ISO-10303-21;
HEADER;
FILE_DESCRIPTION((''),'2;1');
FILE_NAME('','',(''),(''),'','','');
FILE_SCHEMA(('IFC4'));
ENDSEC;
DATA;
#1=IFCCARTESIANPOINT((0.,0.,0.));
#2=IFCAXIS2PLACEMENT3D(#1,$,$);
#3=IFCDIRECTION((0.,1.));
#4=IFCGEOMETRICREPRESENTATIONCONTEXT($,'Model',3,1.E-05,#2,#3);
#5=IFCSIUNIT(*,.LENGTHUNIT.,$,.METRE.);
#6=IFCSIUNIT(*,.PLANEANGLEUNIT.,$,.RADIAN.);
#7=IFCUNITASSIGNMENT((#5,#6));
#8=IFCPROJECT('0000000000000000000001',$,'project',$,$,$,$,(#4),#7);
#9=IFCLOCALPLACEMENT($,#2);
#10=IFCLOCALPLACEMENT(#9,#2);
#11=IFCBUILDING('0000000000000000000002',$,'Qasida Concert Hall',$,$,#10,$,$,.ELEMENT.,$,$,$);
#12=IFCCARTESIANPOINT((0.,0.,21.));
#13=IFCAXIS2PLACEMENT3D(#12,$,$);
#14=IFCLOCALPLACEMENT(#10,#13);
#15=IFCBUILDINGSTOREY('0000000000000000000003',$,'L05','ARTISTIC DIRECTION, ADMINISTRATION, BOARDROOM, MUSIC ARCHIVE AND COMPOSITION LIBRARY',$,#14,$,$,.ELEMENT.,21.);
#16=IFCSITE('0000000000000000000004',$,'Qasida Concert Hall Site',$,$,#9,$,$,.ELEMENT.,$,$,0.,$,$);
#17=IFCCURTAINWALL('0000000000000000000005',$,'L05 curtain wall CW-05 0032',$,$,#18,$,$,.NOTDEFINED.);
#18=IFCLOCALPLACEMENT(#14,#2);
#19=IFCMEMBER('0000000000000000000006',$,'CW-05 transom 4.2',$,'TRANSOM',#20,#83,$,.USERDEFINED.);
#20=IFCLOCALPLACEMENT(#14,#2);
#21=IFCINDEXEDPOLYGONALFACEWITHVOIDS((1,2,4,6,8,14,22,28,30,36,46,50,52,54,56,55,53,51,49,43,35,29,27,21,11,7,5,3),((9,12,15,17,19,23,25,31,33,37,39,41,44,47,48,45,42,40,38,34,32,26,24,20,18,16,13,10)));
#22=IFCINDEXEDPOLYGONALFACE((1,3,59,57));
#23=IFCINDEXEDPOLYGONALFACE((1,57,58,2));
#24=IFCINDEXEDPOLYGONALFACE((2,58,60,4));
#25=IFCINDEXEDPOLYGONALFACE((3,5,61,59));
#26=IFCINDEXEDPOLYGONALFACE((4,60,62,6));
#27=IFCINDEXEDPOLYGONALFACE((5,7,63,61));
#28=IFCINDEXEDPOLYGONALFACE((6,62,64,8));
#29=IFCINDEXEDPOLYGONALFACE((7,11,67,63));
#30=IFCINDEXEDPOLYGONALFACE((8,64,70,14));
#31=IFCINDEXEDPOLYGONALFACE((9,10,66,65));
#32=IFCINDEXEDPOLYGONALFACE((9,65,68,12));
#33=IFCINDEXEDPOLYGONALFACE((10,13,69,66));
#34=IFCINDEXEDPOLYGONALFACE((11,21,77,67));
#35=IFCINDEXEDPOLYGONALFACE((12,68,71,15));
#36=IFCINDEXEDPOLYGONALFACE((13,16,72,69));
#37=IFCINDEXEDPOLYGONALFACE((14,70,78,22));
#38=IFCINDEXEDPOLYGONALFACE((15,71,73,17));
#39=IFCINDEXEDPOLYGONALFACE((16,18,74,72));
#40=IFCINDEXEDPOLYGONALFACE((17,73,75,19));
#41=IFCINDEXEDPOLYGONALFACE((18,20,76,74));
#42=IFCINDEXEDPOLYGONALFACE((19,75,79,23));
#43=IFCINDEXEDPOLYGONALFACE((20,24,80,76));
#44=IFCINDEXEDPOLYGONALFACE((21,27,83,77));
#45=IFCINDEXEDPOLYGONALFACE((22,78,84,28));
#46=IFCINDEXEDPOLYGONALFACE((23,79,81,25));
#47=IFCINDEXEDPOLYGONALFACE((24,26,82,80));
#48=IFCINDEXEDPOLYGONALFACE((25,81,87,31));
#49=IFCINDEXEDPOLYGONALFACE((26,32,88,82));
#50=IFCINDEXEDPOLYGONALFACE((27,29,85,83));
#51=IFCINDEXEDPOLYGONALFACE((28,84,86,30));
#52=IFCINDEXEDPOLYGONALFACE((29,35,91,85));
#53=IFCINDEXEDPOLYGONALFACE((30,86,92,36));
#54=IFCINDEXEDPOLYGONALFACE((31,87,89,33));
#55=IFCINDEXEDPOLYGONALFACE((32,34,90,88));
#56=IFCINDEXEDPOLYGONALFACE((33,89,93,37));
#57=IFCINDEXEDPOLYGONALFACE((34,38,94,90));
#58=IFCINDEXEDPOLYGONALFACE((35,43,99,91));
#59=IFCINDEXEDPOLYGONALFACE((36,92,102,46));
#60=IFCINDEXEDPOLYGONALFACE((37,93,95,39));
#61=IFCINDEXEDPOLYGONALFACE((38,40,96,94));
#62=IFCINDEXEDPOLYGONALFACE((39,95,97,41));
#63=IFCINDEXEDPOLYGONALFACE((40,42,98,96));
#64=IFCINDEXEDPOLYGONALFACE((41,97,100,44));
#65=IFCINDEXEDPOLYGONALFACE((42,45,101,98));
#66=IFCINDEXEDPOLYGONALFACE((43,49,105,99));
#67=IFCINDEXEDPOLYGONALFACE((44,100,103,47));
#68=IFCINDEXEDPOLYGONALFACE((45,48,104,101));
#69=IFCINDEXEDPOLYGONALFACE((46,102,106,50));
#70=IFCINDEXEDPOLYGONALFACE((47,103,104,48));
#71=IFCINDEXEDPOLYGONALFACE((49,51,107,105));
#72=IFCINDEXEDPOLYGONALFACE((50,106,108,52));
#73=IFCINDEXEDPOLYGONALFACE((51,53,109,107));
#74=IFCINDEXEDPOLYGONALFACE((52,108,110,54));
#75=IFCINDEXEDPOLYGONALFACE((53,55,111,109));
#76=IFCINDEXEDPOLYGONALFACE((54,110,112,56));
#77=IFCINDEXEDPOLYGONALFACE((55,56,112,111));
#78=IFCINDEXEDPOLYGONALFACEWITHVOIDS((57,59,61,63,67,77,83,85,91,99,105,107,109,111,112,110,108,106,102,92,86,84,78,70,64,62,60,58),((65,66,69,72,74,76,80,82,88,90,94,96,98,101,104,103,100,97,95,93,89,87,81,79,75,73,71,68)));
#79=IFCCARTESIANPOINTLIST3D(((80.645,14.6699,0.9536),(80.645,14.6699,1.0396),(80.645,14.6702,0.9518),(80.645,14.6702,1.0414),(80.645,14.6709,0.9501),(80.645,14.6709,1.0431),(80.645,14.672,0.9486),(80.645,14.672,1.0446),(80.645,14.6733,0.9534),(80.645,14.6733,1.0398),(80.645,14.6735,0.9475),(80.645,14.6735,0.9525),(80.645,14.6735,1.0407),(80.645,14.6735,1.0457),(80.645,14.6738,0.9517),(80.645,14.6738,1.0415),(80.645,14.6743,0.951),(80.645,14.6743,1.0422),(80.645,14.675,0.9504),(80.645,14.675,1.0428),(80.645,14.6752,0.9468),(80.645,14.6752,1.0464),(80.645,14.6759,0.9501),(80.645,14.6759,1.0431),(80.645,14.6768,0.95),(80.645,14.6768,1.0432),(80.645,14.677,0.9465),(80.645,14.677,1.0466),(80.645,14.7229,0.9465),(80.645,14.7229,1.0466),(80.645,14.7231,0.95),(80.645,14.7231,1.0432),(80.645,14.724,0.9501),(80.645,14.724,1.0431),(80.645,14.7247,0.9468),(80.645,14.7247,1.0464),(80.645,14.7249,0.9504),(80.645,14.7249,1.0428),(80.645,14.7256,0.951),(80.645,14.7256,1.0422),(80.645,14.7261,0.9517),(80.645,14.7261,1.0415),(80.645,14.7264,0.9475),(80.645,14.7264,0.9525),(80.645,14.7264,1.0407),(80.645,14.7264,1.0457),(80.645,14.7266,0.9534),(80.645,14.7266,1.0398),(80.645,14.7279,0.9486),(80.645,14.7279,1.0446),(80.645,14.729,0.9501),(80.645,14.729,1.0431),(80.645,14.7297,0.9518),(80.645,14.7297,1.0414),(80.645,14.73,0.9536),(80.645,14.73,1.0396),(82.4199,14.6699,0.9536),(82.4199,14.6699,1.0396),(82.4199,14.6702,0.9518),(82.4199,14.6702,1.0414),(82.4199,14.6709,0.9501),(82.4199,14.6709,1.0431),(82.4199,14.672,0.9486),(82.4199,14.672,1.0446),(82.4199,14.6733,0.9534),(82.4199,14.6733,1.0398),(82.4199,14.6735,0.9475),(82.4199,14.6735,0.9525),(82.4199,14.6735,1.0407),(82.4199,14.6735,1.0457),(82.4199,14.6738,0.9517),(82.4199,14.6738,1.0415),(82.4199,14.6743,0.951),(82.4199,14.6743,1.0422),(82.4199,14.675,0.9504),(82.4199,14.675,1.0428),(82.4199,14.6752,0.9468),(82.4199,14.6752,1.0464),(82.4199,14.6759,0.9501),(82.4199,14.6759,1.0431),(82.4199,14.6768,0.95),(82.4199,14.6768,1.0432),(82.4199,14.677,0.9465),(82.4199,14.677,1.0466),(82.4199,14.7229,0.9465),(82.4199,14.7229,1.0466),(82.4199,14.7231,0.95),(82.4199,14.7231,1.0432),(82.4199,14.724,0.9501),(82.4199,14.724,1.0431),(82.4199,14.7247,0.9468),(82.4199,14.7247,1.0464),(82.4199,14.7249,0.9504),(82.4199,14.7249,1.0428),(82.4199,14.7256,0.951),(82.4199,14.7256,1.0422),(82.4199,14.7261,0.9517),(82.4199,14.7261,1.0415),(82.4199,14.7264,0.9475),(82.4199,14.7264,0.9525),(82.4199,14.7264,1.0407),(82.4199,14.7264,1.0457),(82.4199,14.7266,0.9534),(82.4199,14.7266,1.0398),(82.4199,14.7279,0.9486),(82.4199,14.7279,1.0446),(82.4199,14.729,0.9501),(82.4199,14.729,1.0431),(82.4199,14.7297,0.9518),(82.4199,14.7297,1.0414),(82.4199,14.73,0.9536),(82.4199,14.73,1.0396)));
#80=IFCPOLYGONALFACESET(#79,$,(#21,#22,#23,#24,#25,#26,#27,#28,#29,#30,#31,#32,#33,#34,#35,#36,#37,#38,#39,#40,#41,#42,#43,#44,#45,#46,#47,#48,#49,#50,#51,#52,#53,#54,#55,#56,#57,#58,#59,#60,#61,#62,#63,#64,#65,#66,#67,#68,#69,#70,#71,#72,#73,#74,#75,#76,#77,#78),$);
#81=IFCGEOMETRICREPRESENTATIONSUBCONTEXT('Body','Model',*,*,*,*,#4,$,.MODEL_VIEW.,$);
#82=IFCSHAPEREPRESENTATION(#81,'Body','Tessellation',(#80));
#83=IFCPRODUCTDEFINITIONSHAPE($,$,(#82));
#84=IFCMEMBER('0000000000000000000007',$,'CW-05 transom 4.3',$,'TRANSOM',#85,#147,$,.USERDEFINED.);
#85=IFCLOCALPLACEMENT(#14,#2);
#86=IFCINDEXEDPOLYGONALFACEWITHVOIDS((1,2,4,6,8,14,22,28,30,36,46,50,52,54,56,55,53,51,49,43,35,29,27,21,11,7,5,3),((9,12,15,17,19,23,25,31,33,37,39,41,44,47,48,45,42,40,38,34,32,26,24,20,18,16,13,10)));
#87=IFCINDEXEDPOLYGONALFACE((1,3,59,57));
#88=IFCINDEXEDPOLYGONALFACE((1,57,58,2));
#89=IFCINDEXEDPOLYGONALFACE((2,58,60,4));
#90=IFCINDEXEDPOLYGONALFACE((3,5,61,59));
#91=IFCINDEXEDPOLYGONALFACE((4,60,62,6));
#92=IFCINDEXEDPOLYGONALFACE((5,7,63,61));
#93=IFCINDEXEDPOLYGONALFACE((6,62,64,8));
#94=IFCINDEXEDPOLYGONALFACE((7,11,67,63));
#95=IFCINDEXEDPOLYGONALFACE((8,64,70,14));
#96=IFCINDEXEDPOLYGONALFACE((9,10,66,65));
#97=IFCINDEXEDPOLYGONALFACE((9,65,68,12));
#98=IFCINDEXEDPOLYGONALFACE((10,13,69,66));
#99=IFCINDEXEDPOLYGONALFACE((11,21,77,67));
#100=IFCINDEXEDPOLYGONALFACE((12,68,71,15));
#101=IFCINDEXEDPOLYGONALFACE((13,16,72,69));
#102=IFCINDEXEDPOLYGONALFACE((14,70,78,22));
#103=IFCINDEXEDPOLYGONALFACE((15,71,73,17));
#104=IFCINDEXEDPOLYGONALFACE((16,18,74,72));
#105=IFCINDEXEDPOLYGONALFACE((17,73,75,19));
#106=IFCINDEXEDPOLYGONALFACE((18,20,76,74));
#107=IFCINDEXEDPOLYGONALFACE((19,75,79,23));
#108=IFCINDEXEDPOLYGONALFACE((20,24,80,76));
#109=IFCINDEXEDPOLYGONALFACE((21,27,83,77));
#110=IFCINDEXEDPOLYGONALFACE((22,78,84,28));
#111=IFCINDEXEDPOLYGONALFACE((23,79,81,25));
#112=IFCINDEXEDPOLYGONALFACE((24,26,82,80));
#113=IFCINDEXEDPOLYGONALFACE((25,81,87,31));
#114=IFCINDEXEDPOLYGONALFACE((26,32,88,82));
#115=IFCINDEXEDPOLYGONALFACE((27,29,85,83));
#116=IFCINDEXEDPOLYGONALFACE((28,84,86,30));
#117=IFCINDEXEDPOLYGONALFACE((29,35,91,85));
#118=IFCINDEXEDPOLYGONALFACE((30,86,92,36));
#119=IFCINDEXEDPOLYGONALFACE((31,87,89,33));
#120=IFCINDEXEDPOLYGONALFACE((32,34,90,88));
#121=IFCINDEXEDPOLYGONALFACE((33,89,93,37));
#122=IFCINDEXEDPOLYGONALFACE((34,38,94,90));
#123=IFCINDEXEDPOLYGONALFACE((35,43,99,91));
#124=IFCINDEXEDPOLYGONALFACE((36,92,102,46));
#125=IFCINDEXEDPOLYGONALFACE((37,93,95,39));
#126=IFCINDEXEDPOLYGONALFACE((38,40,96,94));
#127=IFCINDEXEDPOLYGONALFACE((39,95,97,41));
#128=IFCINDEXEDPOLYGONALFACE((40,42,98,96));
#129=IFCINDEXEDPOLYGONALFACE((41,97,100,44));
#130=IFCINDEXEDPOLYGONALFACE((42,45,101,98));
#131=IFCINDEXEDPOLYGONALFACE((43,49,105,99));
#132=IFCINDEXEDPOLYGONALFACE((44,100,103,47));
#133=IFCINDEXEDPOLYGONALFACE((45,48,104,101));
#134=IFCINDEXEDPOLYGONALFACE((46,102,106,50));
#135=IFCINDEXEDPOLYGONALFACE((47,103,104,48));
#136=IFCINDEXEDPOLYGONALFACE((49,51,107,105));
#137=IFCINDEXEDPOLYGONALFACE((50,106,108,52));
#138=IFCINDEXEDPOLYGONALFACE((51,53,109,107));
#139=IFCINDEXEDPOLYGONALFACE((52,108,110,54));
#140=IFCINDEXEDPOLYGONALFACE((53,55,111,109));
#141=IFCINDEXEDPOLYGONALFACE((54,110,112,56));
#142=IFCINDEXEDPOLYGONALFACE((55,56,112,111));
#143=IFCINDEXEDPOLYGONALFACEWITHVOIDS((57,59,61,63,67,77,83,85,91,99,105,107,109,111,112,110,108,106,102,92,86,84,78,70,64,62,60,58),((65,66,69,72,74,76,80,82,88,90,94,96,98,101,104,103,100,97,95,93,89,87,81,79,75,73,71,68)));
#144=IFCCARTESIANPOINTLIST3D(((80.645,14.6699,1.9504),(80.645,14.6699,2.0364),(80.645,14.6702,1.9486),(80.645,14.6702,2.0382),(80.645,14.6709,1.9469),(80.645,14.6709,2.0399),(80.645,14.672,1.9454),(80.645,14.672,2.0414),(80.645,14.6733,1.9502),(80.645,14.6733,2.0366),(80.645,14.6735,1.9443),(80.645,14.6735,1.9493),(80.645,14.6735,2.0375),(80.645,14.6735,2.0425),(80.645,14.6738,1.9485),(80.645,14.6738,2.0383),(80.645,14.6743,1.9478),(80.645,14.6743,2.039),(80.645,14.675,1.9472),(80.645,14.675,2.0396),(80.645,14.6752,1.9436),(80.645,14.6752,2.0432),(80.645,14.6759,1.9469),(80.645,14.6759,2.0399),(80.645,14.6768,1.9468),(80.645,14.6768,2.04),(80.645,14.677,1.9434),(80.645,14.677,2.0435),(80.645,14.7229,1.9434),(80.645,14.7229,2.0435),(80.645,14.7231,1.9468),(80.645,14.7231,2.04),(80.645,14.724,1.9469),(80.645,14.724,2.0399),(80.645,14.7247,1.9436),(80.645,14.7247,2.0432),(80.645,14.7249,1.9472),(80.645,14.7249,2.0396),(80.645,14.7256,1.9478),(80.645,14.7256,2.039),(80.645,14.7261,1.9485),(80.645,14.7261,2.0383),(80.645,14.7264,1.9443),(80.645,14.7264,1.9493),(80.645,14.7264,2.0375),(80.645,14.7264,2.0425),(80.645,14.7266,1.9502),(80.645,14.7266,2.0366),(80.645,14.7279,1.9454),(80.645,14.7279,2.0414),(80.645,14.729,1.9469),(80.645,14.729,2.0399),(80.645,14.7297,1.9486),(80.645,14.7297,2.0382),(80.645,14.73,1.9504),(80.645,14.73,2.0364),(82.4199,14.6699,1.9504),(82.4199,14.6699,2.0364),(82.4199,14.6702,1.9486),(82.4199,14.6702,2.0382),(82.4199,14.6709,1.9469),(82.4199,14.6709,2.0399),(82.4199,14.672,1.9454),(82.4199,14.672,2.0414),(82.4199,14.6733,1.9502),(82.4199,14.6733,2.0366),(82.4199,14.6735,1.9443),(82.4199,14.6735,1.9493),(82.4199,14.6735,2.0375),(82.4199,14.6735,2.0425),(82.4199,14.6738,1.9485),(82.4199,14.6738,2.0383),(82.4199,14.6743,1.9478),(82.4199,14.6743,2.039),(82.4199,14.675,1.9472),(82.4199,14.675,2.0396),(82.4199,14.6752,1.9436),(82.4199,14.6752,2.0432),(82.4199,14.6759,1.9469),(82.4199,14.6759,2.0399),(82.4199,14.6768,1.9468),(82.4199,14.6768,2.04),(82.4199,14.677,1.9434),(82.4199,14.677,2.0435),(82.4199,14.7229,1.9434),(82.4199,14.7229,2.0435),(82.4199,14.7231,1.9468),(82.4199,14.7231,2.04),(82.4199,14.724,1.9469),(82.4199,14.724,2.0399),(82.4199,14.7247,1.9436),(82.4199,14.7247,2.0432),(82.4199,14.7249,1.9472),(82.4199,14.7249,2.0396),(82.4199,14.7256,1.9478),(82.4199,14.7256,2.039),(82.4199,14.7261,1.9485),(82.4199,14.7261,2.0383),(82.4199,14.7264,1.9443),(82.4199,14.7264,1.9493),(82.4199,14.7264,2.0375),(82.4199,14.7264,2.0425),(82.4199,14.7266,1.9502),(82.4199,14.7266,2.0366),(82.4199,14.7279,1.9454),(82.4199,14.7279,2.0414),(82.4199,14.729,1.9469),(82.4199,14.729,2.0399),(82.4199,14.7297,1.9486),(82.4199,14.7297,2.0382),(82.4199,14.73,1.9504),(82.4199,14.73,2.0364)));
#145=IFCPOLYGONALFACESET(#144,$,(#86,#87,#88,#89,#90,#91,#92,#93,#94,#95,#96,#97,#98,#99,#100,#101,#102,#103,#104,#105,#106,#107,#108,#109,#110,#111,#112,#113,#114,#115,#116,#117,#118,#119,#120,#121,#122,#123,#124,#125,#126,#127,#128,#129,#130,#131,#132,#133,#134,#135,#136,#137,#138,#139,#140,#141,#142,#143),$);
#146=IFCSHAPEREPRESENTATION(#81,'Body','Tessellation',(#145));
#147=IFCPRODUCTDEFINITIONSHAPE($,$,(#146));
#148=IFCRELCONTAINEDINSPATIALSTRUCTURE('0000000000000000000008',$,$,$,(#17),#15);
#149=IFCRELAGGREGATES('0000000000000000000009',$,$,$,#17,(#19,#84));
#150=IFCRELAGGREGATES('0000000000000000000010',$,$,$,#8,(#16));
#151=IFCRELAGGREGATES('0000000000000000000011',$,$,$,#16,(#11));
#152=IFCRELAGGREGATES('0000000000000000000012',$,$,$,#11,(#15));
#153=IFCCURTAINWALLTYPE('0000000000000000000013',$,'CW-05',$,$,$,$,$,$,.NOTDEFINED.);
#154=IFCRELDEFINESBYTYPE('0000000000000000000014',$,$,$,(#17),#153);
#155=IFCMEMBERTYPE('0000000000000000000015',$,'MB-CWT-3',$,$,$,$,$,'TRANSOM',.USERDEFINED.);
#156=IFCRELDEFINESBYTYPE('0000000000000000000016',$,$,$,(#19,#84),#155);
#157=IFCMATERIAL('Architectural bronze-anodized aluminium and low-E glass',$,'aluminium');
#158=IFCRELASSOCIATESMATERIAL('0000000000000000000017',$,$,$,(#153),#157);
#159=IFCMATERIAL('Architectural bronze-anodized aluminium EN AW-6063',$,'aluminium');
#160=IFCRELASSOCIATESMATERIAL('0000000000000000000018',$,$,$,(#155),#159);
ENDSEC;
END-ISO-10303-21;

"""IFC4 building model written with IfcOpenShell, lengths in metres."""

from ifc_helpers import new_model, si_unit, direction, frame, origin, origin_2d, place, context, subcontext, project, spatial, hollow_rectangle, extrude, material, material_profile, profile_set, type_object, element, aggregate, save


model = new_model("IFC4")

# Units and contexts
model_context = context("Model", 3, precision=1e-05, world=origin(), true_north=direction((0.0, 1.0)))
body_context = subcontext(model_context, "Body", "Model", "MODEL_VIEW")
ifc_project = project(units=[si_unit("LENGTHUNIT", "METRE"), si_unit("PLANEANGLEUNIT", "RADIAN")], contexts=[model_context])

# Site, building, storey
site_placement = place(None, origin())
site = spatial("IfcSite", under=ifc_project, at=site_placement, Name="Qasida Concert Hall Site", CompositionType="ELEMENT", RefElevation=0.0)
building_placement = place(site_placement, origin())
building = spatial("IfcBuilding", under=site, at=building_placement, Name="Qasida Concert Hall", CompositionType="ELEMENT")
storey_placement = place(building_placement, frame((0.0, 0.0, 21.0)))
storey = spatial("IfcBuildingStorey", under=building, at=storey_placement, Name="L05", Description="ARTISTIC DIRECTION, ADMINISTRATION, BOARDROOM, MUSIC ARCHIVE AND COMPOSITION LIBRARY", CompositionType="ELEMENT", Elevation=21.0)

# Curtain wall, members
ifc_material_1 = material(Name="Architectural bronze-anodized aluminium and low-E glass", Category="aluminium")
curtain_wall_type = type_object("IfcCurtainWallType", Name="CW-05", PredefinedType="NOTDEFINED", material=ifc_material_1)
curtain_wall_placement = place(storey_placement, origin())
curtain_wall = element("IfcCurtainWall", 1, at=curtain_wall_placement, inside=storey, type_object=curtain_wall_type, Name="L05 curtain wall CW-05 0032", PredefinedType="NOTDEFINED")
ifc_material_2 = material(Name="Architectural bronze-anodized aluminium EN AW-6063", Category="aluminium")
ifc_material_profile_1 = material_profile(ifc_material_2, hollow_rectangle(XDim=0.0601, YDim=0.1001, WallThickness=0.0034, InnerFilletRadius=0.0034, OuterFilletRadius=0.0071, at=origin_2d()), Name="CWT 100x60x3.5")
ifc_profile_set_1 = profile_set([ifc_material_profile_1], Name="Architectural bronze-anodized aluminium EN AW-6063")
member_type_1 = type_object("IfcMemberType", Name="MB-CWT-3", ElementType="TRANSOM", PredefinedType="USERDEFINED", material=ifc_profile_set_1)
member_1_placement = place(storey_placement, frame((80.645, 14.7, 0.9966), z_axis=(1.0, 0.0, 0.0), x_axis=(0.0, 1.0, 0.0)))
member_1 = element("IfcMember", 2, at=member_1_placement, type_object=member_type_1, Name="CW-05 transom 4.2", ObjectType="TRANSOM", PredefinedType="USERDEFINED", context=body_context, shape_type="SweptSolid", body=[
    extrude(hollow_rectangle(XDim=0.0601, YDim=0.1001, WallThickness=0.0034, InnerFilletRadius=0.0034, OuterFilletRadius=0.0071, at=origin_2d()), origin(), (0.0, 0.0, 1.0), 1.7749),
])
member_2_placement = place(storey_placement, frame((80.645, 14.7, 1.9934), z_axis=(1.0, 0.0, 0.0), x_axis=(0.0, 1.0, 0.0)))
member_2 = element("IfcMember", 3, at=member_2_placement, type_object=member_type_1, Name="CW-05 transom 4.3", ObjectType="TRANSOM", PredefinedType="USERDEFINED", context=body_context, shape_type="SweptSolid", body=[
    extrude(hollow_rectangle(XDim=0.0601, YDim=0.1001, WallThickness=0.0034, InnerFilletRadius=0.0034, OuterFilletRadius=0.0071, at=origin_2d()), origin(), (0.0, 0.0, 1.0), 1.7749),
])
aggregate(curtain_wall, [member_1, member_2])

save(model, "model.ifc")
